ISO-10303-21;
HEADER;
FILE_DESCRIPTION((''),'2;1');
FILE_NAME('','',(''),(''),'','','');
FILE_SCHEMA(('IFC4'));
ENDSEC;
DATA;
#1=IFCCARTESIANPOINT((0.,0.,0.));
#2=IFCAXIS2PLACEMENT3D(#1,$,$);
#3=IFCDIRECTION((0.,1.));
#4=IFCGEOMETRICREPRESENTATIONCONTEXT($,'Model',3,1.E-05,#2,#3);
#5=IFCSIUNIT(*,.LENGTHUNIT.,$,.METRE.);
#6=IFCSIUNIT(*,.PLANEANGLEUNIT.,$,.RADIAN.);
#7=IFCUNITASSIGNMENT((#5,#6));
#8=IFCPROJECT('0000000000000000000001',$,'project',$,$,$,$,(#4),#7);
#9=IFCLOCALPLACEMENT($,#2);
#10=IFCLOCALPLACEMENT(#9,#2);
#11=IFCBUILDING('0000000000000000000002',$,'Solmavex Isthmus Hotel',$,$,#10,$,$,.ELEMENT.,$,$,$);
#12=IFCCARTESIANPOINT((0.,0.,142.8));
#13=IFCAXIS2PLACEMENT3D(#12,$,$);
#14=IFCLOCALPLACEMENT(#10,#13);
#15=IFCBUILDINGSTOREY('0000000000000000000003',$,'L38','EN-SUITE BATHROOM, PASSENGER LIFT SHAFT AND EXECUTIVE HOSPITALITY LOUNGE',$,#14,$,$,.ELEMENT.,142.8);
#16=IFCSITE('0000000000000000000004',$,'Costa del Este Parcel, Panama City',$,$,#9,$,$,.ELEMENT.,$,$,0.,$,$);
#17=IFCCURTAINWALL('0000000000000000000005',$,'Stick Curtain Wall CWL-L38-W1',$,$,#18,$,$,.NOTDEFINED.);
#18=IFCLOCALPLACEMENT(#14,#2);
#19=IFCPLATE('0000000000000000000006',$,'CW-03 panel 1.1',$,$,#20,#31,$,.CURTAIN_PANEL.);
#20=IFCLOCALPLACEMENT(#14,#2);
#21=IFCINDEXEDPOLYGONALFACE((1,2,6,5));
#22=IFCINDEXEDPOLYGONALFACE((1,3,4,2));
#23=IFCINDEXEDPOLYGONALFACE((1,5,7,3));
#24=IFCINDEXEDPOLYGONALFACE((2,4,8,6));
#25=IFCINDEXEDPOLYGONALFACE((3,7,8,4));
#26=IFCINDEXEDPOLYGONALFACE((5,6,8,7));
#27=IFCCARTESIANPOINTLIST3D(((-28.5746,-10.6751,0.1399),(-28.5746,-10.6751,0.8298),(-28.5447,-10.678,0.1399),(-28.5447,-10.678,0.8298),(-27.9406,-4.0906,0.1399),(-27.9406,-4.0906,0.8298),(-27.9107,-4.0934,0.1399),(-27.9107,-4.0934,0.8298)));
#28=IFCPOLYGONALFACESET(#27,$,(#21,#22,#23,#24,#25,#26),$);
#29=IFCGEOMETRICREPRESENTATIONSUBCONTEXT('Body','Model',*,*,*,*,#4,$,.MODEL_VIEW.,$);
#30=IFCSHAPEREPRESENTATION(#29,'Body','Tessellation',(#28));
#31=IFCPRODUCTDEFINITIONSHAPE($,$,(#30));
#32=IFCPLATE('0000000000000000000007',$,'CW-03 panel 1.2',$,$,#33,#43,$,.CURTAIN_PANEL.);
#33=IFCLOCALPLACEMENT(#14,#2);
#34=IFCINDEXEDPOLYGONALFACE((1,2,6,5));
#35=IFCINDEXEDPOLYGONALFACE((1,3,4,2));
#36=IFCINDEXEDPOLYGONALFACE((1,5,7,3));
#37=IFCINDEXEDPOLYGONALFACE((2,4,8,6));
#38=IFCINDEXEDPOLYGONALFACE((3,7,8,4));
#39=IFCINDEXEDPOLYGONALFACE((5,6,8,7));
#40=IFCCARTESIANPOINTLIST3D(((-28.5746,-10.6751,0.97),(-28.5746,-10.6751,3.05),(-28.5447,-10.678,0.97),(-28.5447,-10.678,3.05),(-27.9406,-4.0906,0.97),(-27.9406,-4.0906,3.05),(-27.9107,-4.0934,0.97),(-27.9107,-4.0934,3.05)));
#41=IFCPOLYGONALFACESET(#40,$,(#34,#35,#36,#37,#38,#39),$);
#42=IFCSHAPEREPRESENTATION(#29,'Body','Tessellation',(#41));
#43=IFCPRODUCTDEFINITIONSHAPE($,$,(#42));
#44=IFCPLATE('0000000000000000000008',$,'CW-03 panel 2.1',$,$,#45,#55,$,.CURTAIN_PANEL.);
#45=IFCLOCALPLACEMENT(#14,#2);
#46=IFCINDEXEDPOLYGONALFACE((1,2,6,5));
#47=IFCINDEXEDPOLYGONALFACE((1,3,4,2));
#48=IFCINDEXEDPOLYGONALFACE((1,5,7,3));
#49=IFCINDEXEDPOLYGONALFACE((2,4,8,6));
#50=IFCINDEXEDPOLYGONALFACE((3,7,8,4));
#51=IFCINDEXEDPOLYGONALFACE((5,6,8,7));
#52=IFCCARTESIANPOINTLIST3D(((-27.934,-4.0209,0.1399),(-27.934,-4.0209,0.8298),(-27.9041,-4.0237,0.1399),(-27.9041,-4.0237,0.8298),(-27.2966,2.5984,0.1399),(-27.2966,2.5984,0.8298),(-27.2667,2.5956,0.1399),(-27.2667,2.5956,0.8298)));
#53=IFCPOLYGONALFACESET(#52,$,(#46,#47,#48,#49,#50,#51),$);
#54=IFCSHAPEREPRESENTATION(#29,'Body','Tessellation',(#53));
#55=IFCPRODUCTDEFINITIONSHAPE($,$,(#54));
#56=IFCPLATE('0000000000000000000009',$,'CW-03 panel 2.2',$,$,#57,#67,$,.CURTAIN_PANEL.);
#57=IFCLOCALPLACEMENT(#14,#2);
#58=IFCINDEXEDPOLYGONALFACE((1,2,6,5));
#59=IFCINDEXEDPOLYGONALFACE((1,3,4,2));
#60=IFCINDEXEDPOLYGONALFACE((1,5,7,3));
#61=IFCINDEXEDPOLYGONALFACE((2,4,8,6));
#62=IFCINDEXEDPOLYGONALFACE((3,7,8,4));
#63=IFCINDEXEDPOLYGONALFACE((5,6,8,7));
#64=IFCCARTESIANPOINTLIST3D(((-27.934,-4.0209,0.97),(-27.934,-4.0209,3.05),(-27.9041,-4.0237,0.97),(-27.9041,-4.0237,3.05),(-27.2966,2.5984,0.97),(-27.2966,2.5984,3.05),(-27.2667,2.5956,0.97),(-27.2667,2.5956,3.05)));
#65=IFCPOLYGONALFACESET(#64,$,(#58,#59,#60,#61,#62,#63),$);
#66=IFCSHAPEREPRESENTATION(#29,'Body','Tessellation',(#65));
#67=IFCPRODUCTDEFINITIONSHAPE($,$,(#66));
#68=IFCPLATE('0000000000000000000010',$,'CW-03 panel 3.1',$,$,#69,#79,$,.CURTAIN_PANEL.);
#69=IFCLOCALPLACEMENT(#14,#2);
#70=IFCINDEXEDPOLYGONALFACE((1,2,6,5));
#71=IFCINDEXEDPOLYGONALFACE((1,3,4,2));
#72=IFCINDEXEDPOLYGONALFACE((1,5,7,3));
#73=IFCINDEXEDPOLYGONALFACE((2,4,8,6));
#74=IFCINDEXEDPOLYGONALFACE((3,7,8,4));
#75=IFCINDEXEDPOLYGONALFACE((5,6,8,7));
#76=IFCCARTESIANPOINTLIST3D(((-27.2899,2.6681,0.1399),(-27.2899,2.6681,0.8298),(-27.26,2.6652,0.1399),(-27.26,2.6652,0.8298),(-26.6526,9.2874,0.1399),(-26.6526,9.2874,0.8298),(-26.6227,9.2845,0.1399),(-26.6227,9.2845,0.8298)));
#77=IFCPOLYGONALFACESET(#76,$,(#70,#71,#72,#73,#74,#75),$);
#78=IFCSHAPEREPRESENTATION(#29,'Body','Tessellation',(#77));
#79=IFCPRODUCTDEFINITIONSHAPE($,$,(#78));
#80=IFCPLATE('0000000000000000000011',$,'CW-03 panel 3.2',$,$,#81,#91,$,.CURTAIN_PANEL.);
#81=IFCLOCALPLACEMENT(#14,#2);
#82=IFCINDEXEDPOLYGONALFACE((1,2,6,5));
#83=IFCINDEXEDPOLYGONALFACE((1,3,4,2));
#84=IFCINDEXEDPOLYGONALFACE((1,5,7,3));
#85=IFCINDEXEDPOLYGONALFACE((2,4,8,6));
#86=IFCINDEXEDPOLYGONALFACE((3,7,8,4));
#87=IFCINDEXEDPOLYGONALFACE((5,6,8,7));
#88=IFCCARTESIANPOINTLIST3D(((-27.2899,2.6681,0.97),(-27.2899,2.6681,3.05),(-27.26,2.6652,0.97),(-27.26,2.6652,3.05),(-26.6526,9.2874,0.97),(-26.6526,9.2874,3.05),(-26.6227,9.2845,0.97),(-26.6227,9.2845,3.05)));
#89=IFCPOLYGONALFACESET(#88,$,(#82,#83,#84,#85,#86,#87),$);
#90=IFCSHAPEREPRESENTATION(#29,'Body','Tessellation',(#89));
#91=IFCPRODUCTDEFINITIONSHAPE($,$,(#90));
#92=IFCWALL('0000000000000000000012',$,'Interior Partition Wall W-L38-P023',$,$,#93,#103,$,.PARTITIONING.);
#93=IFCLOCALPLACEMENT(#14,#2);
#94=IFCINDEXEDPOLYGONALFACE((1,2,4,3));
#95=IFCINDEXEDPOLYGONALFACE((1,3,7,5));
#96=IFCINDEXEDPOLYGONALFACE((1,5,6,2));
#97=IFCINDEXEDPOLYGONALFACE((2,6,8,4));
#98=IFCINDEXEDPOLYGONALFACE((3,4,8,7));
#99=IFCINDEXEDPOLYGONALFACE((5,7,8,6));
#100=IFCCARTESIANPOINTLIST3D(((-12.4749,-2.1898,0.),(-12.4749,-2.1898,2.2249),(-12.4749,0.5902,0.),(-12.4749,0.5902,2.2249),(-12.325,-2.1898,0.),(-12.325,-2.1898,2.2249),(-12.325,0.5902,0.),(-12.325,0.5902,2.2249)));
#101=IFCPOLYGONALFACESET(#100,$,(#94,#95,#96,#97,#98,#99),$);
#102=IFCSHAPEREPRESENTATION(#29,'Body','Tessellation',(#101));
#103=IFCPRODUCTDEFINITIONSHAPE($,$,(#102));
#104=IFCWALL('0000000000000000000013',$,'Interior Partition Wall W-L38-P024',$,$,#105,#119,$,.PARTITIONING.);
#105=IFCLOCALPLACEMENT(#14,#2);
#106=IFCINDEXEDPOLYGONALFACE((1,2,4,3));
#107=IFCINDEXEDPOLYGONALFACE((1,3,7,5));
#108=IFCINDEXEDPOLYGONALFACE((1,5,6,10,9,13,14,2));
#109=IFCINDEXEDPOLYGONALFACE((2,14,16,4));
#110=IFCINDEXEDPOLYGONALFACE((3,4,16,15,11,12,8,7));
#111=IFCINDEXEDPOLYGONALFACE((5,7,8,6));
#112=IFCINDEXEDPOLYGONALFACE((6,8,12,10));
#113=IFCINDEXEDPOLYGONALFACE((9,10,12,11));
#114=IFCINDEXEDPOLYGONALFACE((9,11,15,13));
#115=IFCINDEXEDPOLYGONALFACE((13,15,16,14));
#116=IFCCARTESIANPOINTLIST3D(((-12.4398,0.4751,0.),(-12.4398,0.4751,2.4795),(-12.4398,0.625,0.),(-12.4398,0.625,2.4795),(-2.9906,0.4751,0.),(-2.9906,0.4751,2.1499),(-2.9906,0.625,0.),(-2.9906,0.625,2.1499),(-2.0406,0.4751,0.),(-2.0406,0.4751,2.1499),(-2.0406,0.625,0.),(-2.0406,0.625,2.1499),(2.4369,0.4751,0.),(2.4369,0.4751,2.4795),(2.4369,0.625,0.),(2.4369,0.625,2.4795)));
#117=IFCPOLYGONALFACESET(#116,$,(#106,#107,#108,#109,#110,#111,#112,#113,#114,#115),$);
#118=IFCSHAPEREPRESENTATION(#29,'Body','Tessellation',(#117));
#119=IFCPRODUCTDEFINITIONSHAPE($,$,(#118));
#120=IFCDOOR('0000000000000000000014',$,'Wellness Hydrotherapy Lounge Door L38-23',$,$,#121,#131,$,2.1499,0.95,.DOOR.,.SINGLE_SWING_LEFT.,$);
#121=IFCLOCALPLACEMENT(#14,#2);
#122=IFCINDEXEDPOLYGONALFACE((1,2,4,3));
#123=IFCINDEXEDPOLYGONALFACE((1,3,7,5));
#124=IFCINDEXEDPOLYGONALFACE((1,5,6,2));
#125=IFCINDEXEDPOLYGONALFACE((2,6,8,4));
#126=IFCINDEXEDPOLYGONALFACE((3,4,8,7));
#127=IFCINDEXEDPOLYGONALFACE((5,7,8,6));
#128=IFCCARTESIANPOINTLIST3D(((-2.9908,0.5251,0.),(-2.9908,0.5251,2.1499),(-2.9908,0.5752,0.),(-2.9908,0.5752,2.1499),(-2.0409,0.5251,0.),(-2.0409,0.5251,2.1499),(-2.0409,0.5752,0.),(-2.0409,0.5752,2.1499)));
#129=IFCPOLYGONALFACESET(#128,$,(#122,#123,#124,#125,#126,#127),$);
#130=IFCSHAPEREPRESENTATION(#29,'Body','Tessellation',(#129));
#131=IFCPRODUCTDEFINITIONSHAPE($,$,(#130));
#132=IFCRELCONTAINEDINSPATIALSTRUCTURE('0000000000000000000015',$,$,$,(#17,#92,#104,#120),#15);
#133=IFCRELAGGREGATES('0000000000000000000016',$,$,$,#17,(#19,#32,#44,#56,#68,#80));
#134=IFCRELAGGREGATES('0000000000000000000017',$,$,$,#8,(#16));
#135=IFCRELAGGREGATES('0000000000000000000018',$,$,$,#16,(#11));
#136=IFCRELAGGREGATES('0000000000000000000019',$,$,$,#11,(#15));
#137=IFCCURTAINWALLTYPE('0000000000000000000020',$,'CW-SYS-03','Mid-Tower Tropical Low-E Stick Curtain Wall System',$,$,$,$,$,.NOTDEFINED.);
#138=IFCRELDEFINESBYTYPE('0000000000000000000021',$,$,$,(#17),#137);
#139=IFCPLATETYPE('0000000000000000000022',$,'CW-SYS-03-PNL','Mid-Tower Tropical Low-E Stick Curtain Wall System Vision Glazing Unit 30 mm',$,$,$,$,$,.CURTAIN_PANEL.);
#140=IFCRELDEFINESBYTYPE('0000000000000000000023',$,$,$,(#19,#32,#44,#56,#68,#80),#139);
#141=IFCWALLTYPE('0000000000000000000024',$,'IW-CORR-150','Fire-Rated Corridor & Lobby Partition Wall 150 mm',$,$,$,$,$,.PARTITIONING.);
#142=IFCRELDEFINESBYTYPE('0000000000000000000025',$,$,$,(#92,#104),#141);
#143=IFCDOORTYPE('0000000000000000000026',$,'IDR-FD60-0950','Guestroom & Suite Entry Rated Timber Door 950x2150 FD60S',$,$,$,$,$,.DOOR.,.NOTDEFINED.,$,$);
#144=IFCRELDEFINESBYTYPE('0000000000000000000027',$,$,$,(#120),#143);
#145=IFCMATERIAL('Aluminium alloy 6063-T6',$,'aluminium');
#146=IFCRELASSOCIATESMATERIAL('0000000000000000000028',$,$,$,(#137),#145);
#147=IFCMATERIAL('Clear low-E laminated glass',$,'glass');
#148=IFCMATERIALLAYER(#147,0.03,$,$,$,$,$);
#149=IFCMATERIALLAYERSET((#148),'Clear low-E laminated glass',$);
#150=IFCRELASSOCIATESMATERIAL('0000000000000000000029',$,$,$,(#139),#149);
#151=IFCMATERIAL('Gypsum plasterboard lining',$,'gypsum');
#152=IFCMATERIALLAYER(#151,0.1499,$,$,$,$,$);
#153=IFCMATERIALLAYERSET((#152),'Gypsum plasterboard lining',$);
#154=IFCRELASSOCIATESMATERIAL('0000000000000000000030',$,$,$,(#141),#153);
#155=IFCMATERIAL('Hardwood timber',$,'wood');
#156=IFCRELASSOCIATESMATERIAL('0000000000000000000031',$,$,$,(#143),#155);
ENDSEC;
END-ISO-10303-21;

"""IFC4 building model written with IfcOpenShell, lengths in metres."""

from ifc_helpers import new_model, si_unit, direction, frame, frame_2d, origin, origin_2d, place, context, subcontext, project, spatial, rectangle, extrude, material, layer, layer_set, type_object, element, fill, aggregate, save


model = new_model("IFC4")

# Units and contexts
model_context = context("Model", 3, precision=1e-05, world=origin(), true_north=direction((0.0, 1.0)))
body_context = subcontext(model_context, "Body", "Model", "MODEL_VIEW")
ifc_project = project(units=[si_unit("LENGTHUNIT", "METRE"), si_unit("PLANEANGLEUNIT", "RADIAN")], contexts=[model_context])

# Site, building, storey
site_placement = place(None, origin())
site = spatial("IfcSite", under=ifc_project, at=site_placement, Name="Costa del Este Parcel, Panama City", CompositionType="ELEMENT", RefElevation=0.0)
building_placement = place(site_placement, origin())
building = spatial("IfcBuilding", under=site, at=building_placement, Name="Solmavex Isthmus Hotel", CompositionType="ELEMENT")
storey_placement = place(building_placement, frame((0.0, 0.0, 142.8)))
storey = spatial("IfcBuildingStorey", under=building, at=storey_placement, Name="L38", Description="EN-SUITE BATHROOM, PASSENGER LIFT SHAFT AND EXECUTIVE HOSPITALITY LOUNGE", CompositionType="ELEMENT", Elevation=142.8)

# Curtain wall, plates
ifc_material_1 = material(Name="Aluminium alloy 6063-T6", Category="aluminium")
curtain_wall_type = type_object("IfcCurtainWallType", Name="CW-SYS-03", Description="Mid-Tower Tropical Low-E Stick Curtain Wall System", PredefinedType="NOTDEFINED", material=ifc_material_1)
curtain_wall_placement = place(storey_placement, origin())
curtain_wall = element("IfcCurtainWall", 1, at=curtain_wall_placement, inside=storey, type_object=curtain_wall_type, Name="Stick Curtain Wall CWL-L38-W1", PredefinedType="NOTDEFINED")
ifc_material_2 = material(Name="Clear low-E laminated glass", Category="glass")
ifc_layer_1 = layer(ifc_material_2, 0.03)
ifc_layer_set_1 = layer_set([ifc_layer_1], Name="Clear low-E laminated glass")
plate_type = type_object("IfcPlateType", Name="CW-SYS-03-PNL", Description="Mid-Tower Tropical Low-E Stick Curtain Wall System Vision Glazing Unit 30 mm", PredefinedType="CURTAIN_PANEL", material=ifc_layer_set_1)
plate_1_placement = place(storey_placement, frame((-28.2427, -7.3843, 0.1399), z_axis=(0.0, 0.0, 1.0), x_axis=(0.095846, 0.995396, 0.0)))
plate_1 = element("IfcPlate", 2, at=plate_1_placement, type_object=plate_type, Name="CW-03 panel 1.1", PredefinedType="CURTAIN_PANEL", context=body_context, shape_type="SweptSolid", body=[
    extrude(rectangle(XDim=6.615, YDim=0.03, at=origin_2d()), origin(), (0.0, 0.0, 1.0), 0.6899),
])
plate_2_placement = place(storey_placement, frame((-28.2427, -7.3843, 0.97), z_axis=(0.0, 0.0, 1.0), x_axis=(0.095846, 0.995396, 0.0)))
plate_2 = element("IfcPlate", 3, at=plate_2_placement, type_object=plate_type, Name="CW-03 panel 1.2", PredefinedType="CURTAIN_PANEL", context=body_context, shape_type="SweptSolid", body=[
    extrude(rectangle(XDim=6.615, YDim=0.03, at=origin_2d()), origin(), (0.0, 0.0, 1.0), 2.0801),
])
plate_3_placement = place(storey_placement, frame((-27.6003, -0.7126, 0.1399), z_axis=(0.0, 0.0, 1.0), x_axis=(0.095846, 0.995396, 0.0)))
plate_3 = element("IfcPlate", 4, at=plate_3_placement, type_object=plate_type, Name="CW-03 panel 2.1", PredefinedType="CURTAIN_PANEL", context=body_context, shape_type="SweptSolid", body=[
    extrude(rectangle(XDim=6.6499, YDim=0.03, at=origin_2d()), origin(), (0.0, 0.0, 1.0), 0.6899),
])
plate_4_placement = place(storey_placement, frame((-27.6003, -0.7126, 0.97), z_axis=(0.0, 0.0, 1.0), x_axis=(0.095846, 0.995396, 0.0)))
plate_4 = element("IfcPlate", 5, at=plate_4_placement, type_object=plate_type, Name="CW-03 panel 2.2", PredefinedType="CURTAIN_PANEL", context=body_context, shape_type="SweptSolid", body=[
    extrude(rectangle(XDim=6.6499, YDim=0.03, at=origin_2d()), origin(), (0.0, 0.0, 1.0), 2.0801),
])
plate_5_placement = place(storey_placement, frame((-26.9563, 5.9763, 0.1399), z_axis=(0.0, 0.0, 1.0), x_axis=(0.095846, 0.995396, 0.0)))
plate_5 = element("IfcPlate", 6, at=plate_5_placement, type_object=plate_type, Name="CW-03 panel 3.1", PredefinedType="CURTAIN_PANEL", context=body_context, shape_type="SweptSolid", body=[
    extrude(rectangle(XDim=6.6499, YDim=0.03, at=origin_2d()), origin(), (0.0, 0.0, 1.0), 0.6899),
])
plate_6_placement = place(storey_placement, frame((-26.9563, 5.9763, 0.97), z_axis=(0.0, 0.0, 1.0), x_axis=(0.095846, 0.995396, 0.0)))
plate_6 = element("IfcPlate", 7, at=plate_6_placement, type_object=plate_type, Name="CW-03 panel 3.2", PredefinedType="CURTAIN_PANEL", context=body_context, shape_type="SweptSolid", body=[
    extrude(rectangle(XDim=6.6499, YDim=0.03, at=origin_2d()), origin(), (0.0, 0.0, 1.0), 2.0801),
])
aggregate(curtain_wall, [plate_1, plate_2, plate_3, plate_4, plate_5, plate_6])

# Wall
ifc_material_3 = material(Name="Gypsum plasterboard lining", Category="gypsum")
ifc_layer_2 = layer(ifc_material_3, 0.1499)
ifc_layer_set_2 = layer_set([ifc_layer_2], Name="Gypsum plasterboard lining")
wall_type_1 = type_object("IfcWallType", Name="IW-CORR-150", Description="Fire-Rated Corridor & Lobby Partition Wall 150 mm", PredefinedType="PARTITIONING", material=ifc_layer_set_2)
wall_1_placement = place(storey_placement, frame((-12.3999, -2.1899, 0.0), z_axis=(0.0, 0.0, 1.0), x_axis=(0.0, 1.0, 0.0)))
element("IfcWall", 8, at=wall_1_placement, inside=storey, type_object=wall_type_1, Name="Interior Partition Wall W-L38-P023", PredefinedType="PARTITIONING", context=body_context, shape_type="SweptSolid", body=[
    extrude(rectangle(XDim=2.78, YDim=0.1499, at=frame_2d((1.3901, 0.0))), origin(), (0.0, 0.0, 1.0), 2.2249),
])

# Wall, opening, door
wall_2_placement = place(storey_placement, frame((-12.4399, 0.55, 0.0), z_axis=(0.0, 0.0, 1.0), x_axis=(1.0, 0.0, 0.0)))
wall_2 = element("IfcWall", 9, at=wall_2_placement, inside=storey, type_object=wall_type_1, Name="Interior Partition Wall W-L38-P024", PredefinedType="PARTITIONING", context=body_context, shape_type="SweptSolid", body=[
    extrude(rectangle(XDim=14.8767, YDim=0.1499, at=frame_2d((7.4385, 0.0))), origin(), (0.0, 0.0, 1.0), 2.4795),
])
opening_1_placement = place(wall_2_placement, frame((9.4492, 0.0, 0.0)))
opening_1 = element("IfcOpeningElement", 10, at=opening_1_placement, cuts=wall_2, PredefinedType="OPENING", context=body_context, shape_type="SweptSolid", body=[
    extrude(rectangle(XDim=0.95, YDim=2.1499, at=frame_2d((0.4751, 1.075))), frame((0.0, 0.085, 0.0), z_axis=(0.0, -1.0, 0.0), x_axis=(1.0, 0.0, 0.0)), (0.0, 0.0, 1.0), 0.1699),
])
ifc_material_4 = material(Name="Hardwood timber", Category="wood")
door_type_1 = type_object("IfcDoorType", Name="IDR-FD60-0950", Description="Guestroom & Suite Entry Rated Timber Door 950x2150 FD60S", OperationType="NOTDEFINED", PredefinedType="DOOR", material=ifc_material_4)
door_1_placement = place(opening_1_placement, frame((0.95, 0.0, 0.0), z_axis=(0.0, 0.0, 1.0), x_axis=(-1.0, 0.0, 0.0)))
door_1 = element("IfcDoor", 11, at=door_1_placement, inside=storey, type_object=door_type_1, Name="Wellness Hydrotherapy Lounge Door L38-23", OperationType="SINGLE_SWING_LEFT", OverallHeight=2.1499, OverallWidth=0.95, PredefinedType="DOOR", context=body_context, shape_type="SweptSolid", body=[
    extrude(rectangle(XDim=0.95, YDim=2.1499, at=frame_2d((0.4751, 1.075))), frame((0.0, 0.0249, 0.0), z_axis=(0.0, -1.0, 0.0), x_axis=(1.0, 0.0, 0.0)), (0.0, 0.0, 1.0), 0.05),
])
fill(opening_1, door_1)

save(model, "model.ifc")
